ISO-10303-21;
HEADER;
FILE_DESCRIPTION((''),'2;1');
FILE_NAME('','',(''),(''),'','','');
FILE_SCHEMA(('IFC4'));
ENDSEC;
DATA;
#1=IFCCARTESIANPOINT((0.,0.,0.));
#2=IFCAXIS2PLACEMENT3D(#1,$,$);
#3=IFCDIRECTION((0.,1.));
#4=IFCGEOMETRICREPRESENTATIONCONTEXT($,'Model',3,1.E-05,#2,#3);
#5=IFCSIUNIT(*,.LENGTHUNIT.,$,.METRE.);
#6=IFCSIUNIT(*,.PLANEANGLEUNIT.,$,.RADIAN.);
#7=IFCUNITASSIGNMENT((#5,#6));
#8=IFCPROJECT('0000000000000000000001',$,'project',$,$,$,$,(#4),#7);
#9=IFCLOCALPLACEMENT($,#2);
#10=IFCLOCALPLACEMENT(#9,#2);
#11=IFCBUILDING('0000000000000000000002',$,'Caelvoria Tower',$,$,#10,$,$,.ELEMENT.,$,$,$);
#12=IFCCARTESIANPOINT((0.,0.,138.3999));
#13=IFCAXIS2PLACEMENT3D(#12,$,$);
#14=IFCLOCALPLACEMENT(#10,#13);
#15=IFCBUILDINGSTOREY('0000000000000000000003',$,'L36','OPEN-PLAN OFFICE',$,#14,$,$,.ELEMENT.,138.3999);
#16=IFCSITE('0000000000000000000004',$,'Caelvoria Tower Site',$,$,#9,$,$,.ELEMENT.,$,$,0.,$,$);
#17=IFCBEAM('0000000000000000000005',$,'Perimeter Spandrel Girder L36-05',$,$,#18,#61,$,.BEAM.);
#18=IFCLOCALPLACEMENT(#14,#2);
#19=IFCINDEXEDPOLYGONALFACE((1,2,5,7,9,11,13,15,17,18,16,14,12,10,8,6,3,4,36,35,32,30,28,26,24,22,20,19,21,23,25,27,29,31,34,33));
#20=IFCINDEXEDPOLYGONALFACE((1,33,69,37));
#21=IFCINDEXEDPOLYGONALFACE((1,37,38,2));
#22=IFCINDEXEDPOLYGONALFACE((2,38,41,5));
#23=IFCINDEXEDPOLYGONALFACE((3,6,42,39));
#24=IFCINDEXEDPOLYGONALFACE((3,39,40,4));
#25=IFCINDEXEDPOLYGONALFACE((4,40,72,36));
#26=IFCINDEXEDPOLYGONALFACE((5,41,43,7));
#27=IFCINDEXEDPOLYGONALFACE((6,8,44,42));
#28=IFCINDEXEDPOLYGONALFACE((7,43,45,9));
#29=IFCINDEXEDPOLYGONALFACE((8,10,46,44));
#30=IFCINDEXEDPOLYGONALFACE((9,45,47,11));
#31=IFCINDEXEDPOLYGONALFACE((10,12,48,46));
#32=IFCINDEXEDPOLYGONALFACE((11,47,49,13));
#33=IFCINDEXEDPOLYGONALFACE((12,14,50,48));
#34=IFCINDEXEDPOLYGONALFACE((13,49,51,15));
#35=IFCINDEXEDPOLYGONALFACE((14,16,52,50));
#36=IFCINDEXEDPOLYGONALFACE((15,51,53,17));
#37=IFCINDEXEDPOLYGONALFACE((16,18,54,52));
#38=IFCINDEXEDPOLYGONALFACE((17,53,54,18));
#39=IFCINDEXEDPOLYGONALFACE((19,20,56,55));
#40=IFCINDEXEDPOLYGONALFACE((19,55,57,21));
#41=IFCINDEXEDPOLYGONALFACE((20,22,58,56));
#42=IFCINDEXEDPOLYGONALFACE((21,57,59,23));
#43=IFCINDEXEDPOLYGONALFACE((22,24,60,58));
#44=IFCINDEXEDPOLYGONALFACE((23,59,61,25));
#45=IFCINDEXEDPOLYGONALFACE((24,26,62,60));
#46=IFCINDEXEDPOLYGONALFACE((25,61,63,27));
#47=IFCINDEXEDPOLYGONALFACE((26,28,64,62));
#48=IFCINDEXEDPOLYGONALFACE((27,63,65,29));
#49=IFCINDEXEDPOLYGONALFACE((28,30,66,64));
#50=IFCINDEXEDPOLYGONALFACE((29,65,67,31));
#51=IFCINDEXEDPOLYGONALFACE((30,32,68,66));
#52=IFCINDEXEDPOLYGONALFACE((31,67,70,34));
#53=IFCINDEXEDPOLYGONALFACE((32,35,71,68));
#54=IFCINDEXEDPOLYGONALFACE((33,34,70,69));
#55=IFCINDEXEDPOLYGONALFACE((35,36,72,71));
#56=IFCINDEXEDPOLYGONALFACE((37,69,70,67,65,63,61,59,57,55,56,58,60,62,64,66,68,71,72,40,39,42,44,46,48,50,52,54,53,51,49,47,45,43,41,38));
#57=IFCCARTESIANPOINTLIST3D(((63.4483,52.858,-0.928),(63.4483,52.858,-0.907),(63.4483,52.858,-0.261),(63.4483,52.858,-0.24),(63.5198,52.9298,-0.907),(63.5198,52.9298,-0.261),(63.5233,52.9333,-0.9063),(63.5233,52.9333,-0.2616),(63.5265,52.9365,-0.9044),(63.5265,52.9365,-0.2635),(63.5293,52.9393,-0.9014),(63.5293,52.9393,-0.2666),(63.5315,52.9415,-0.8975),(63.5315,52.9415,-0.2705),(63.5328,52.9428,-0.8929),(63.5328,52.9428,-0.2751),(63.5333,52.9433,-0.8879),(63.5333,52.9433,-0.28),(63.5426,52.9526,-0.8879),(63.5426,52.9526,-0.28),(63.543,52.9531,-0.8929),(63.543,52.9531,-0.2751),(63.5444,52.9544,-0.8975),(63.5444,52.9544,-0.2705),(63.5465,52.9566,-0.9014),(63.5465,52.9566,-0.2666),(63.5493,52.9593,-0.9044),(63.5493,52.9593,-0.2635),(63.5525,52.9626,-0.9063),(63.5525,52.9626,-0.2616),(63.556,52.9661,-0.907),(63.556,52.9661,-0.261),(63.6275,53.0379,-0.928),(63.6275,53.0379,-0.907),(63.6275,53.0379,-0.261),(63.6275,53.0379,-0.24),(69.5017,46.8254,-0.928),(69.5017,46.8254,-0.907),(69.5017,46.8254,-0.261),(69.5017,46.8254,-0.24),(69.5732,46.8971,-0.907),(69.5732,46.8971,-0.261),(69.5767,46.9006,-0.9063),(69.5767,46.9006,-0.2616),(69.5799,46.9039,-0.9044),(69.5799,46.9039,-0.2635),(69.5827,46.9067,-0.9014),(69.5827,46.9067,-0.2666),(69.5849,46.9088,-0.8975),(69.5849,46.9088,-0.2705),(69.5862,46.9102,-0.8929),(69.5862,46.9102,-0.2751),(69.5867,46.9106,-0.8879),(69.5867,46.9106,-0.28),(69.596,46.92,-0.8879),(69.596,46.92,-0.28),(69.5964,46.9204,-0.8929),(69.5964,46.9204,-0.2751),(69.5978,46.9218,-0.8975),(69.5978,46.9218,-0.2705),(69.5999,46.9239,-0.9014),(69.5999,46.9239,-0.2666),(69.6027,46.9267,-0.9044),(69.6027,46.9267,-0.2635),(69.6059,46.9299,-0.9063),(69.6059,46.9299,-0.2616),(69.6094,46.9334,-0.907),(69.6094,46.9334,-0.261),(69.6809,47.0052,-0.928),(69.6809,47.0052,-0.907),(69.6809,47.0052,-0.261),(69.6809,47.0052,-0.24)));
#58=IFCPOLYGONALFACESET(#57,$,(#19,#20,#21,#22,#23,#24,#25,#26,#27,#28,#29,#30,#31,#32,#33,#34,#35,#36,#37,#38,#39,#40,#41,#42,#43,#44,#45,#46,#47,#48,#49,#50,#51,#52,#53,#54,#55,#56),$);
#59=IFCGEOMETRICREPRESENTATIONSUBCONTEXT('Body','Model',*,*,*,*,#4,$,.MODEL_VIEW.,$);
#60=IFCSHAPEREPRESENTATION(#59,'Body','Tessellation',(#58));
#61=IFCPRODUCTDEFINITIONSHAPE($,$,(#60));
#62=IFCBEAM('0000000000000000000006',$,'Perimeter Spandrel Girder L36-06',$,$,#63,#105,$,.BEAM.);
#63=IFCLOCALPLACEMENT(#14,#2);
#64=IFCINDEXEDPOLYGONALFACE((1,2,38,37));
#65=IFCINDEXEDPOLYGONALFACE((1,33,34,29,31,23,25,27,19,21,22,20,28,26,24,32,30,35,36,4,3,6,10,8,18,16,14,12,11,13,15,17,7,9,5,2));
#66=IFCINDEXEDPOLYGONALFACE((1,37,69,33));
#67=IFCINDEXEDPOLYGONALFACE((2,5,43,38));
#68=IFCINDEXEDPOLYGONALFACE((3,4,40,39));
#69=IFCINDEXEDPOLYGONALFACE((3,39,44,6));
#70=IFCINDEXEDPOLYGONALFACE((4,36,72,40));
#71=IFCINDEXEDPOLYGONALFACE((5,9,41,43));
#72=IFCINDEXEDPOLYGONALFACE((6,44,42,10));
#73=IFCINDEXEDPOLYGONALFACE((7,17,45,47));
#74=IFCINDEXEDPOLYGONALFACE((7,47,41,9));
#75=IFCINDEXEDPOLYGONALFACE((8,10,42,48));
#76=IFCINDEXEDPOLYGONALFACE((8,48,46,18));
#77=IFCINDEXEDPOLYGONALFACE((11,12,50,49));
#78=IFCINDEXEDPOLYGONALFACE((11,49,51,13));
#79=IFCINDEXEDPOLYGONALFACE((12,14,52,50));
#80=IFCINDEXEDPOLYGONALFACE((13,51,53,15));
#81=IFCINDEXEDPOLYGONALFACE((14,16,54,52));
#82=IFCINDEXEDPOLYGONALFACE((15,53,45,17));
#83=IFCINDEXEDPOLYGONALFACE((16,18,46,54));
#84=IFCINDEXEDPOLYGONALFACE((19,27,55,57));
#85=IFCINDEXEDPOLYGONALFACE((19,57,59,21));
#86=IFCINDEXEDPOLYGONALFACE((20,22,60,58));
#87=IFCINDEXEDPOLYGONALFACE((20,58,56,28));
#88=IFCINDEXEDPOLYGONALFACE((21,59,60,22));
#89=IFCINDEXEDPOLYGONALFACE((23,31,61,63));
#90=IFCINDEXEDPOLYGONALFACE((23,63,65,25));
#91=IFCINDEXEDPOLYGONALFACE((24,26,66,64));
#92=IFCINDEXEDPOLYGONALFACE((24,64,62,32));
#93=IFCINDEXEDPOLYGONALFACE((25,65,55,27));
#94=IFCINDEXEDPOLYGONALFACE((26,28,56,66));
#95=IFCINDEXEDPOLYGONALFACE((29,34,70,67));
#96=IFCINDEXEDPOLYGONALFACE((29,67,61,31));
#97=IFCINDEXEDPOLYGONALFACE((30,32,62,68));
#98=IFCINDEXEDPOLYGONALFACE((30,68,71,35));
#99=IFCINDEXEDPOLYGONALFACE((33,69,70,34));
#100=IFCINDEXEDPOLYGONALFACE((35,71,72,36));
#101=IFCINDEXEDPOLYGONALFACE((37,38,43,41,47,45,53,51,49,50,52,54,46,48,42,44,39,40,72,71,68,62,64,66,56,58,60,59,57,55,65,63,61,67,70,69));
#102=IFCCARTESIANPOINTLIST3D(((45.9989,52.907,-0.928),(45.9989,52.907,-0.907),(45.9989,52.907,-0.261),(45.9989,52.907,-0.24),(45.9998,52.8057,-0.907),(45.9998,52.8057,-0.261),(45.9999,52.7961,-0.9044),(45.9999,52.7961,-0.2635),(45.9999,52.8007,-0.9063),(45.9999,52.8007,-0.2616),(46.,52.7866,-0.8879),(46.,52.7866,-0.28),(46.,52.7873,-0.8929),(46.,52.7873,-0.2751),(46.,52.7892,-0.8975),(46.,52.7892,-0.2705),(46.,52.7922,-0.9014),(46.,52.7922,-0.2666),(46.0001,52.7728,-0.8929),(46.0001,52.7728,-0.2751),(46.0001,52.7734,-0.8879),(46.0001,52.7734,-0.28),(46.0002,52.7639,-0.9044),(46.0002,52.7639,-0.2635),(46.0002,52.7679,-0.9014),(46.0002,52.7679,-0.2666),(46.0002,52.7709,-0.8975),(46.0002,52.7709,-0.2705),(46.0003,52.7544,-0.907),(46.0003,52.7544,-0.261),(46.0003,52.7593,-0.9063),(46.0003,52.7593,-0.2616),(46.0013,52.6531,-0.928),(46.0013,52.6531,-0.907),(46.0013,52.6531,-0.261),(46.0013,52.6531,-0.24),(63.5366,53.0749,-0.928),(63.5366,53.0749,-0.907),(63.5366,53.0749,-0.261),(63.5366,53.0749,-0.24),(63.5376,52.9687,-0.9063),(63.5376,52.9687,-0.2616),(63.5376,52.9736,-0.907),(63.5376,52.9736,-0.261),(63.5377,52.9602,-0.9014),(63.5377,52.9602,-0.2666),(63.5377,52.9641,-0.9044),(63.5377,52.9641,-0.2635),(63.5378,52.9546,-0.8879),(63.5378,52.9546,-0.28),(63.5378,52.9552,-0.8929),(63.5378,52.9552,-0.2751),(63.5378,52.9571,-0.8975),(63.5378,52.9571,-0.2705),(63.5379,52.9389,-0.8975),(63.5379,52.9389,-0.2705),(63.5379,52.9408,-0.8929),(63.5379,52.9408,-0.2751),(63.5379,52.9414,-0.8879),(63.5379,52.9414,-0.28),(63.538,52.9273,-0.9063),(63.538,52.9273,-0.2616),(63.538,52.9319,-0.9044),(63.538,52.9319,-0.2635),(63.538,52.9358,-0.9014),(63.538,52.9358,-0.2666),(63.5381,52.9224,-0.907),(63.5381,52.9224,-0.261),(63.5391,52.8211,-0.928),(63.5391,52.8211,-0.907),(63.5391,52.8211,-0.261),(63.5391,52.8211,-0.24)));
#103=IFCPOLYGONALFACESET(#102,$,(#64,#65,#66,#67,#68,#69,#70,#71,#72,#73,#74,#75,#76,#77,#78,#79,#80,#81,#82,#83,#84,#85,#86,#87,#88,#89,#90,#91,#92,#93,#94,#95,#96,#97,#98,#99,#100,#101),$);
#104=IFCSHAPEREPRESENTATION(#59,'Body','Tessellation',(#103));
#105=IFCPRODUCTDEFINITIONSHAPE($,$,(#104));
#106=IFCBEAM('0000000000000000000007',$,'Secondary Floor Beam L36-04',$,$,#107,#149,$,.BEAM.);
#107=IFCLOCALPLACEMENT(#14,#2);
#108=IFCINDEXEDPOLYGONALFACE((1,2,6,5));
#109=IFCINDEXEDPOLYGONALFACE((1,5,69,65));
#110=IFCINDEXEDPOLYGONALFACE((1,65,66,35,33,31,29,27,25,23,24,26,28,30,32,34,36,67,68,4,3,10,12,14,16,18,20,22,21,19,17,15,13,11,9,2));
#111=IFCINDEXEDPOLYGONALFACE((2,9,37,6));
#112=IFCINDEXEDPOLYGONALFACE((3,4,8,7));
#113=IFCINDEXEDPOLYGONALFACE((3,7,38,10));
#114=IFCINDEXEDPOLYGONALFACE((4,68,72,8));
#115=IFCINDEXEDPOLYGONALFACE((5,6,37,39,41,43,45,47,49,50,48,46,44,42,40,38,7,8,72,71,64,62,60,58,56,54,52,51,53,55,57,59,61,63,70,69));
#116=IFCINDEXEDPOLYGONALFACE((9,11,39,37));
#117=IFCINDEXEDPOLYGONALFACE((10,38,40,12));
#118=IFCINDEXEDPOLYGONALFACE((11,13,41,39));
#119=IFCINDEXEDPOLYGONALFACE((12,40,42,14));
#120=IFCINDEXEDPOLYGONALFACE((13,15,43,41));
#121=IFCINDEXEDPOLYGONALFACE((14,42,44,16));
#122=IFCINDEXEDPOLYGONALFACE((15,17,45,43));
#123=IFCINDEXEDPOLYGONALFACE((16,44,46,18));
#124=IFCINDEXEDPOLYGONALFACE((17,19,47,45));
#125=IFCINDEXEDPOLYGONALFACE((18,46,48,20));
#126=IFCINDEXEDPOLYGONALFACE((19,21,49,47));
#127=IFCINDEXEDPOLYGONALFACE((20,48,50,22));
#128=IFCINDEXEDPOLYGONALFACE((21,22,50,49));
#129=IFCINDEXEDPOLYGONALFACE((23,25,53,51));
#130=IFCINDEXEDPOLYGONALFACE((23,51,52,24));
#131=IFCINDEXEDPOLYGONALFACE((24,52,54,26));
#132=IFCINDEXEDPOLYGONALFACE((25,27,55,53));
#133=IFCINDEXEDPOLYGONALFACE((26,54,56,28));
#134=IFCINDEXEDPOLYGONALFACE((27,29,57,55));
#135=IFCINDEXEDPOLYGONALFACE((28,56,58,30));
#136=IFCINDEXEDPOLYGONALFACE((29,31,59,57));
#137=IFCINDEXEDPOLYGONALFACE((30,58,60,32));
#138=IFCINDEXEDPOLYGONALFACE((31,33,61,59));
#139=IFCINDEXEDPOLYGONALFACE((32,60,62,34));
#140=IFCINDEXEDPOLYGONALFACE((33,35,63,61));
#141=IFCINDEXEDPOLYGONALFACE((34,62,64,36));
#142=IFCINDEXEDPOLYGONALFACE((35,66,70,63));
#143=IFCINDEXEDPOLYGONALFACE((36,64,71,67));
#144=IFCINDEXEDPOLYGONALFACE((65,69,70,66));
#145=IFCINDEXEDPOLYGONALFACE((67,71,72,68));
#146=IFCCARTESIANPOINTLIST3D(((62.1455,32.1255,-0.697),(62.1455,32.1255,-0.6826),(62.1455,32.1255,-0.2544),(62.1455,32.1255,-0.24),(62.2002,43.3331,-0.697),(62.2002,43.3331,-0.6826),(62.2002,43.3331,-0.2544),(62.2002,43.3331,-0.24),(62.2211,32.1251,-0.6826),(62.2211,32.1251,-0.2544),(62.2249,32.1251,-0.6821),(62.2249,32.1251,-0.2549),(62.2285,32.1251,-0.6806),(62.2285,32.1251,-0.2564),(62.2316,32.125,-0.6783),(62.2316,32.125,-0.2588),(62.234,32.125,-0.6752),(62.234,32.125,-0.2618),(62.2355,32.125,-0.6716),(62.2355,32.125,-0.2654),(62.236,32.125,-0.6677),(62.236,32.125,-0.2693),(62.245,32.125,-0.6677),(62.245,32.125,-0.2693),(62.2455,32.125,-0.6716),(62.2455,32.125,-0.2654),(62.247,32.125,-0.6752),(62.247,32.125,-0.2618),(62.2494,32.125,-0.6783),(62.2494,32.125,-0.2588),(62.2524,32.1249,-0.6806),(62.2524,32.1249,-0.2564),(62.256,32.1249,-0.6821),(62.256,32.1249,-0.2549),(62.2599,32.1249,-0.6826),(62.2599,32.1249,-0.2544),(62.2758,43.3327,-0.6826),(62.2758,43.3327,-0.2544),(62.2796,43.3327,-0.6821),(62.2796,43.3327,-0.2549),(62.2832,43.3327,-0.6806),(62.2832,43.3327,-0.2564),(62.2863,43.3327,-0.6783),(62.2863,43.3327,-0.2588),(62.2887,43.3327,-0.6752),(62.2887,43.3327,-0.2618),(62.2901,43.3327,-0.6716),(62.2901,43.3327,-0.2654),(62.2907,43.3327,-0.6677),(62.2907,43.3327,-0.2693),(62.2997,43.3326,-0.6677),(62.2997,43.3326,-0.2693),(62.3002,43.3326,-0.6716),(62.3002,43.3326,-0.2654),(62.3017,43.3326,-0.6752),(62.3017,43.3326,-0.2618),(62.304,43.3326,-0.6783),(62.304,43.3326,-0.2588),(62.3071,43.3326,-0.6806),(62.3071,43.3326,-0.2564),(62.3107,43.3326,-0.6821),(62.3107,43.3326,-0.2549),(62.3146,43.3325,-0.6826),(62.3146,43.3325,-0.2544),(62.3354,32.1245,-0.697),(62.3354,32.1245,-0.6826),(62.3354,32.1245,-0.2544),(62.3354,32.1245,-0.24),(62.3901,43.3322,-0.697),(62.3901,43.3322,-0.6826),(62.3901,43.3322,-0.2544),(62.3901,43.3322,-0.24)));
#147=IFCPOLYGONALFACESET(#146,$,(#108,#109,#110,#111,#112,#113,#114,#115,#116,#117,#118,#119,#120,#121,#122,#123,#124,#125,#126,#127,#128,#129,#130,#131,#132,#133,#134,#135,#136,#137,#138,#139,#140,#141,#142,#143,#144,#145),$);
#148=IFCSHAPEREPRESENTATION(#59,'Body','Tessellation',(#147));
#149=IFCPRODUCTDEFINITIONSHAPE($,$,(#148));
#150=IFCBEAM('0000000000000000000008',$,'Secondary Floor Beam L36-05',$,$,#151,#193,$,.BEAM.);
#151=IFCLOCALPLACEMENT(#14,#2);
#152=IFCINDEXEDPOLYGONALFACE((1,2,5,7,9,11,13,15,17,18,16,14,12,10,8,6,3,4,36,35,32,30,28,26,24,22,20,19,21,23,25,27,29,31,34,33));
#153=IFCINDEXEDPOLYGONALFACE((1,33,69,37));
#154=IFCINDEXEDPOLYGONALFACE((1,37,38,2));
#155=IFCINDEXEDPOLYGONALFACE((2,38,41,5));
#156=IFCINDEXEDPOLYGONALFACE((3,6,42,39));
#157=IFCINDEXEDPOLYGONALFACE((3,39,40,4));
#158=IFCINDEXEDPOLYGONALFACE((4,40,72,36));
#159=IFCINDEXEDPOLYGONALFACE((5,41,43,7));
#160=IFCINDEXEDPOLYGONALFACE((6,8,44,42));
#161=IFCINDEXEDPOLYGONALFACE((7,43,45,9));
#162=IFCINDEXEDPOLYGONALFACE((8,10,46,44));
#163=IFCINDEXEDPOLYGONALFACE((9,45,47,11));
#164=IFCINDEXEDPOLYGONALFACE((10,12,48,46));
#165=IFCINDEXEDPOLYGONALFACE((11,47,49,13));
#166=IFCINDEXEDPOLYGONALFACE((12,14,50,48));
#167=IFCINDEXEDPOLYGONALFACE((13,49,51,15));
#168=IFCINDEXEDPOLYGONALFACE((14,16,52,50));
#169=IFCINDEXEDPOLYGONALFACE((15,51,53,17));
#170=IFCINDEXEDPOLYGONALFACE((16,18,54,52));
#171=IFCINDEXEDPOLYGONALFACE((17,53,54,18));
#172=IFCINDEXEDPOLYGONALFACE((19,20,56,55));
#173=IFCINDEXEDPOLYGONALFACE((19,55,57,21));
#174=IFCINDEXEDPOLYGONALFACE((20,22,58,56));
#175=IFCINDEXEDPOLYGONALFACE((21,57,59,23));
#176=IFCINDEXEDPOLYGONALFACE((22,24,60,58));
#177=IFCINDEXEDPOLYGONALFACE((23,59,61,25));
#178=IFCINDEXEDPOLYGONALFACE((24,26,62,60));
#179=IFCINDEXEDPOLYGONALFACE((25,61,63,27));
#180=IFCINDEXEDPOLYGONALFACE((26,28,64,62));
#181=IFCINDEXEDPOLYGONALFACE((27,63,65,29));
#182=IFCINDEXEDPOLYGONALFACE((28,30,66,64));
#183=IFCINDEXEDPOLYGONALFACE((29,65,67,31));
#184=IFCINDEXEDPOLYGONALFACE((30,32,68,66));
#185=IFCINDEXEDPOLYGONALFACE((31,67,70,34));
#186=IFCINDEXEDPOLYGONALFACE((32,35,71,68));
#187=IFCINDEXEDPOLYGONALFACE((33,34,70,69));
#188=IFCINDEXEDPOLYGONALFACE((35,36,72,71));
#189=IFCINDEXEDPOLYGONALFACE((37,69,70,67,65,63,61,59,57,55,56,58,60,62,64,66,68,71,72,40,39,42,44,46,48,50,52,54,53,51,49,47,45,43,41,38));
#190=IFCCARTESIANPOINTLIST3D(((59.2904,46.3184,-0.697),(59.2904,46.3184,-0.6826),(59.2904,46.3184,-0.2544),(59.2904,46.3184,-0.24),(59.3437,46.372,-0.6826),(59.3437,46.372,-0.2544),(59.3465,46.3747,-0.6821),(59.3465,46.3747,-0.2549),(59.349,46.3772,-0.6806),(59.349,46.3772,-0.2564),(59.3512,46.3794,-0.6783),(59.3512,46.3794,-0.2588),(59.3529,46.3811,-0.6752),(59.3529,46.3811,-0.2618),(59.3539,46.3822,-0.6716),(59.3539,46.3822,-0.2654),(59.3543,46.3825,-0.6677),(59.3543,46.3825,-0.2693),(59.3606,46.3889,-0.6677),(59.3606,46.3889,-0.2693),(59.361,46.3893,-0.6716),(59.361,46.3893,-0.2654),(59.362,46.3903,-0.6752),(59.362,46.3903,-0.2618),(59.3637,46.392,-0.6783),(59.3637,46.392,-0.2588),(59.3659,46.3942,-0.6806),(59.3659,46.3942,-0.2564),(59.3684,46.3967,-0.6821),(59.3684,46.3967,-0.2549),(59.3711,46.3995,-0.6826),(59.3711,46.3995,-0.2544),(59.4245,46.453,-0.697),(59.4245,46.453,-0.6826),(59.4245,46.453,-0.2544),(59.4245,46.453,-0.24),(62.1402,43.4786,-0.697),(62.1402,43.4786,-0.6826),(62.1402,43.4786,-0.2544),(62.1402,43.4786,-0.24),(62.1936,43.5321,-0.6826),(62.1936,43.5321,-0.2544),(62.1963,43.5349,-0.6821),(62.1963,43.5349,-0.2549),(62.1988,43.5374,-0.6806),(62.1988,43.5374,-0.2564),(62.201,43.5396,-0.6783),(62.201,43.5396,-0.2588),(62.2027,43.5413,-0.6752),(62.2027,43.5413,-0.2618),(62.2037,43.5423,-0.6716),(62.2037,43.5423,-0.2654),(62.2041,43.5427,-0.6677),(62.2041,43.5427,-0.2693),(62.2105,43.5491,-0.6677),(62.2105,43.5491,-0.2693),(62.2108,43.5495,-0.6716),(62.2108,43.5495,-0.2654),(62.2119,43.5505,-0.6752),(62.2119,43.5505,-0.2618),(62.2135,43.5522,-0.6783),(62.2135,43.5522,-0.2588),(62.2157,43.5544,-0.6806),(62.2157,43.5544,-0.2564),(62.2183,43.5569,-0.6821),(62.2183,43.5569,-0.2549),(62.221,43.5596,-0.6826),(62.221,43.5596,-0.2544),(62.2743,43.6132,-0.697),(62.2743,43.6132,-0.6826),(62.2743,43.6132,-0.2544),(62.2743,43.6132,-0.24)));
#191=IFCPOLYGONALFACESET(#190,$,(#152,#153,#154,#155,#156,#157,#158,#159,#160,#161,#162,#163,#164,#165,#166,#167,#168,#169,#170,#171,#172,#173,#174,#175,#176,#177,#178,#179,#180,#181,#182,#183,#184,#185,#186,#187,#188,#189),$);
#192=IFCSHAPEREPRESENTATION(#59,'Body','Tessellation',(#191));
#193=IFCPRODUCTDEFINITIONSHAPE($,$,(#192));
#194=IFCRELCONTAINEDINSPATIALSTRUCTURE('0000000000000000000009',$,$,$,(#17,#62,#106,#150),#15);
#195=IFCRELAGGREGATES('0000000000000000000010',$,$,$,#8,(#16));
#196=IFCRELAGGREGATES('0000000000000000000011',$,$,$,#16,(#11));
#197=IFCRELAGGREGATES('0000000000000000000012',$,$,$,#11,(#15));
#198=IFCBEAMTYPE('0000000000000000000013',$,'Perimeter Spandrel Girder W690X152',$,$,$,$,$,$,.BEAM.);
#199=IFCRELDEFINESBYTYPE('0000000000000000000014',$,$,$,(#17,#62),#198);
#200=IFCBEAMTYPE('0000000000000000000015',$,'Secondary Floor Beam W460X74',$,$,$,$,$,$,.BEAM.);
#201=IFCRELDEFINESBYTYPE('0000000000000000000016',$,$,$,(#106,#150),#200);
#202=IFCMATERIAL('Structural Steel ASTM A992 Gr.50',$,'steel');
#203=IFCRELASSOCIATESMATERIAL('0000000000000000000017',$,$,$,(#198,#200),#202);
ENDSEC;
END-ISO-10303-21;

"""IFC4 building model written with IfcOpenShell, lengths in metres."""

from ifc_helpers import new_model, si_unit, direction, frame, origin, origin_2d, place, context, subcontext, project, spatial, i_section, extrude, material, material_profile, profile_set, type_object, element, save


model = new_model("IFC4")

# Units and contexts
model_context = context("Model", 3, precision=1e-05, world=origin(), true_north=direction((0.0, 1.0)))
body_context = subcontext(model_context, "Body", "Model", "MODEL_VIEW")
ifc_project = project(units=[si_unit("LENGTHUNIT", "METRE"), si_unit("PLANEANGLEUNIT", "RADIAN")], contexts=[model_context])

# Site, building, storey
site_placement = place(None, origin())
site = spatial("IfcSite", under=ifc_project, at=site_placement, Name="Caelvoria Tower Site", CompositionType="ELEMENT", RefElevation=0.0)
building_placement = place(site_placement, origin())
building = spatial("IfcBuilding", under=site, at=building_placement, Name="Caelvoria Tower", CompositionType="ELEMENT")
storey_placement = place(building_placement, frame((0.0, 0.0, 138.3999)))
storey = spatial("IfcBuildingStorey", under=building, at=storey_placement, Name="L36", Description="OPEN-PLAN OFFICE", CompositionType="ELEMENT", Elevation=138.3999)

# Beams
ifc_material_1 = material(Name="Structural Steel ASTM A992 Gr.50", Category="steel")
ifc_material_profile_1 = material_profile(ifc_material_1, i_section(OverallWidth=0.2539, OverallDepth=0.688, WebThickness=0.0132, FlangeThickness=0.021, FilletRadius=0.019, at=origin_2d()), Name="Structural Steel ASTM A992 Gr.50")
ifc_profile_set_1 = profile_set([ifc_material_profile_1], Name="W690X152 - Structural Steel ASTM A992 Gr.50")
beam_type_1 = type_object("IfcBeamType", Name="Perimeter Spandrel Girder W690X152", PredefinedType="BEAM", material=ifc_profile_set_1)
beam_1_placement = place(storey_placement, frame((69.5913, 46.9153, -0.584), z_axis=(-0.70832, 0.705892, 0.0), x_axis=(-0.705892, -0.70832, 0.0)))
element("IfcBeam", 1, at=beam_1_placement, inside=storey, type_object=beam_type_1, Name="Perimeter Spandrel Girder L36-05", PredefinedType="BEAM", context=body_context, shape_type="SweptSolid", body=[
    extrude(i_section(OverallWidth=0.2539, OverallDepth=0.688, WebThickness=0.0132, FlangeThickness=0.021, FilletRadius=0.019, at=origin_2d()), origin(), (0.0, 0.0, 1.0), 8.5461),
])
beam_2_placement = place(storey_placement, frame((63.5378, 52.948, -0.584), z_axis=(-0.999954, -0.009577, 0.0), x_axis=(0.009577, -0.999954, 0.0)))
element("IfcBeam", 2, at=beam_2_placement, inside=storey, type_object=beam_type_1, Name="Perimeter Spandrel Girder L36-06", PredefinedType="BEAM", context=body_context, shape_type="SweptSolid", body=[
    extrude(i_section(OverallWidth=0.2539, OverallDepth=0.688, WebThickness=0.0132, FlangeThickness=0.021, FilletRadius=0.019, at=origin_2d()), origin(), (0.0, 0.0, 1.0), 17.5386),
])
ifc_material_profile_2 = material_profile(ifc_material_1, i_section(OverallWidth=0.1899, OverallDepth=0.457, WebThickness=0.009, FlangeThickness=0.0144, FilletRadius=0.0149, at=origin_2d()), Name="Structural Steel ASTM A992 Gr.50")
ifc_profile_set_2 = profile_set([ifc_material_profile_2], Name="W460X74 - Structural Steel ASTM A992 Gr.50")
beam_type_2 = type_object("IfcBeamType", Name="Secondary Floor Beam W460X74", PredefinedType="BEAM", material=ifc_profile_set_2)
beam_3_placement = place(storey_placement, frame((62.2405, 32.125, -0.4685), z_axis=(0.004879, 0.999988, 0.0), x_axis=(-0.999988, 0.004879, 0.0)))
element("IfcBeam", 3, at=beam_3_placement, inside=storey, type_object=beam_type_2, Name="Secondary Floor Beam L36-04", PredefinedType="BEAM", context=body_context, shape_type="SweptSolid", body=[
    extrude(i_section(OverallWidth=0.1899, OverallDepth=0.457, WebThickness=0.009, FlangeThickness=0.0144, FilletRadius=0.0149, at=origin_2d()), origin(), (0.0, 0.0, 1.0), 11.2078),
])
beam_4_placement = place(storey_placement, frame((62.2073, 43.5459, -0.4685), z_axis=(-0.70835, 0.705862, 0.0), x_axis=(-0.705862, -0.70835, 0.0)))
element("IfcBeam", 4, at=beam_4_placement, inside=storey, type_object=beam_type_2, Name="Secondary Floor Beam L36-05", PredefinedType="BEAM", context=body_context, shape_type="SweptSolid", body=[
    extrude(i_section(OverallWidth=0.1899, OverallDepth=0.457, WebThickness=0.009, FlangeThickness=0.0144, FilletRadius=0.0149, at=origin_2d()), origin(), (0.0, 0.0, 1.0), 4.0232),
])

save(model, "model.ifc")
